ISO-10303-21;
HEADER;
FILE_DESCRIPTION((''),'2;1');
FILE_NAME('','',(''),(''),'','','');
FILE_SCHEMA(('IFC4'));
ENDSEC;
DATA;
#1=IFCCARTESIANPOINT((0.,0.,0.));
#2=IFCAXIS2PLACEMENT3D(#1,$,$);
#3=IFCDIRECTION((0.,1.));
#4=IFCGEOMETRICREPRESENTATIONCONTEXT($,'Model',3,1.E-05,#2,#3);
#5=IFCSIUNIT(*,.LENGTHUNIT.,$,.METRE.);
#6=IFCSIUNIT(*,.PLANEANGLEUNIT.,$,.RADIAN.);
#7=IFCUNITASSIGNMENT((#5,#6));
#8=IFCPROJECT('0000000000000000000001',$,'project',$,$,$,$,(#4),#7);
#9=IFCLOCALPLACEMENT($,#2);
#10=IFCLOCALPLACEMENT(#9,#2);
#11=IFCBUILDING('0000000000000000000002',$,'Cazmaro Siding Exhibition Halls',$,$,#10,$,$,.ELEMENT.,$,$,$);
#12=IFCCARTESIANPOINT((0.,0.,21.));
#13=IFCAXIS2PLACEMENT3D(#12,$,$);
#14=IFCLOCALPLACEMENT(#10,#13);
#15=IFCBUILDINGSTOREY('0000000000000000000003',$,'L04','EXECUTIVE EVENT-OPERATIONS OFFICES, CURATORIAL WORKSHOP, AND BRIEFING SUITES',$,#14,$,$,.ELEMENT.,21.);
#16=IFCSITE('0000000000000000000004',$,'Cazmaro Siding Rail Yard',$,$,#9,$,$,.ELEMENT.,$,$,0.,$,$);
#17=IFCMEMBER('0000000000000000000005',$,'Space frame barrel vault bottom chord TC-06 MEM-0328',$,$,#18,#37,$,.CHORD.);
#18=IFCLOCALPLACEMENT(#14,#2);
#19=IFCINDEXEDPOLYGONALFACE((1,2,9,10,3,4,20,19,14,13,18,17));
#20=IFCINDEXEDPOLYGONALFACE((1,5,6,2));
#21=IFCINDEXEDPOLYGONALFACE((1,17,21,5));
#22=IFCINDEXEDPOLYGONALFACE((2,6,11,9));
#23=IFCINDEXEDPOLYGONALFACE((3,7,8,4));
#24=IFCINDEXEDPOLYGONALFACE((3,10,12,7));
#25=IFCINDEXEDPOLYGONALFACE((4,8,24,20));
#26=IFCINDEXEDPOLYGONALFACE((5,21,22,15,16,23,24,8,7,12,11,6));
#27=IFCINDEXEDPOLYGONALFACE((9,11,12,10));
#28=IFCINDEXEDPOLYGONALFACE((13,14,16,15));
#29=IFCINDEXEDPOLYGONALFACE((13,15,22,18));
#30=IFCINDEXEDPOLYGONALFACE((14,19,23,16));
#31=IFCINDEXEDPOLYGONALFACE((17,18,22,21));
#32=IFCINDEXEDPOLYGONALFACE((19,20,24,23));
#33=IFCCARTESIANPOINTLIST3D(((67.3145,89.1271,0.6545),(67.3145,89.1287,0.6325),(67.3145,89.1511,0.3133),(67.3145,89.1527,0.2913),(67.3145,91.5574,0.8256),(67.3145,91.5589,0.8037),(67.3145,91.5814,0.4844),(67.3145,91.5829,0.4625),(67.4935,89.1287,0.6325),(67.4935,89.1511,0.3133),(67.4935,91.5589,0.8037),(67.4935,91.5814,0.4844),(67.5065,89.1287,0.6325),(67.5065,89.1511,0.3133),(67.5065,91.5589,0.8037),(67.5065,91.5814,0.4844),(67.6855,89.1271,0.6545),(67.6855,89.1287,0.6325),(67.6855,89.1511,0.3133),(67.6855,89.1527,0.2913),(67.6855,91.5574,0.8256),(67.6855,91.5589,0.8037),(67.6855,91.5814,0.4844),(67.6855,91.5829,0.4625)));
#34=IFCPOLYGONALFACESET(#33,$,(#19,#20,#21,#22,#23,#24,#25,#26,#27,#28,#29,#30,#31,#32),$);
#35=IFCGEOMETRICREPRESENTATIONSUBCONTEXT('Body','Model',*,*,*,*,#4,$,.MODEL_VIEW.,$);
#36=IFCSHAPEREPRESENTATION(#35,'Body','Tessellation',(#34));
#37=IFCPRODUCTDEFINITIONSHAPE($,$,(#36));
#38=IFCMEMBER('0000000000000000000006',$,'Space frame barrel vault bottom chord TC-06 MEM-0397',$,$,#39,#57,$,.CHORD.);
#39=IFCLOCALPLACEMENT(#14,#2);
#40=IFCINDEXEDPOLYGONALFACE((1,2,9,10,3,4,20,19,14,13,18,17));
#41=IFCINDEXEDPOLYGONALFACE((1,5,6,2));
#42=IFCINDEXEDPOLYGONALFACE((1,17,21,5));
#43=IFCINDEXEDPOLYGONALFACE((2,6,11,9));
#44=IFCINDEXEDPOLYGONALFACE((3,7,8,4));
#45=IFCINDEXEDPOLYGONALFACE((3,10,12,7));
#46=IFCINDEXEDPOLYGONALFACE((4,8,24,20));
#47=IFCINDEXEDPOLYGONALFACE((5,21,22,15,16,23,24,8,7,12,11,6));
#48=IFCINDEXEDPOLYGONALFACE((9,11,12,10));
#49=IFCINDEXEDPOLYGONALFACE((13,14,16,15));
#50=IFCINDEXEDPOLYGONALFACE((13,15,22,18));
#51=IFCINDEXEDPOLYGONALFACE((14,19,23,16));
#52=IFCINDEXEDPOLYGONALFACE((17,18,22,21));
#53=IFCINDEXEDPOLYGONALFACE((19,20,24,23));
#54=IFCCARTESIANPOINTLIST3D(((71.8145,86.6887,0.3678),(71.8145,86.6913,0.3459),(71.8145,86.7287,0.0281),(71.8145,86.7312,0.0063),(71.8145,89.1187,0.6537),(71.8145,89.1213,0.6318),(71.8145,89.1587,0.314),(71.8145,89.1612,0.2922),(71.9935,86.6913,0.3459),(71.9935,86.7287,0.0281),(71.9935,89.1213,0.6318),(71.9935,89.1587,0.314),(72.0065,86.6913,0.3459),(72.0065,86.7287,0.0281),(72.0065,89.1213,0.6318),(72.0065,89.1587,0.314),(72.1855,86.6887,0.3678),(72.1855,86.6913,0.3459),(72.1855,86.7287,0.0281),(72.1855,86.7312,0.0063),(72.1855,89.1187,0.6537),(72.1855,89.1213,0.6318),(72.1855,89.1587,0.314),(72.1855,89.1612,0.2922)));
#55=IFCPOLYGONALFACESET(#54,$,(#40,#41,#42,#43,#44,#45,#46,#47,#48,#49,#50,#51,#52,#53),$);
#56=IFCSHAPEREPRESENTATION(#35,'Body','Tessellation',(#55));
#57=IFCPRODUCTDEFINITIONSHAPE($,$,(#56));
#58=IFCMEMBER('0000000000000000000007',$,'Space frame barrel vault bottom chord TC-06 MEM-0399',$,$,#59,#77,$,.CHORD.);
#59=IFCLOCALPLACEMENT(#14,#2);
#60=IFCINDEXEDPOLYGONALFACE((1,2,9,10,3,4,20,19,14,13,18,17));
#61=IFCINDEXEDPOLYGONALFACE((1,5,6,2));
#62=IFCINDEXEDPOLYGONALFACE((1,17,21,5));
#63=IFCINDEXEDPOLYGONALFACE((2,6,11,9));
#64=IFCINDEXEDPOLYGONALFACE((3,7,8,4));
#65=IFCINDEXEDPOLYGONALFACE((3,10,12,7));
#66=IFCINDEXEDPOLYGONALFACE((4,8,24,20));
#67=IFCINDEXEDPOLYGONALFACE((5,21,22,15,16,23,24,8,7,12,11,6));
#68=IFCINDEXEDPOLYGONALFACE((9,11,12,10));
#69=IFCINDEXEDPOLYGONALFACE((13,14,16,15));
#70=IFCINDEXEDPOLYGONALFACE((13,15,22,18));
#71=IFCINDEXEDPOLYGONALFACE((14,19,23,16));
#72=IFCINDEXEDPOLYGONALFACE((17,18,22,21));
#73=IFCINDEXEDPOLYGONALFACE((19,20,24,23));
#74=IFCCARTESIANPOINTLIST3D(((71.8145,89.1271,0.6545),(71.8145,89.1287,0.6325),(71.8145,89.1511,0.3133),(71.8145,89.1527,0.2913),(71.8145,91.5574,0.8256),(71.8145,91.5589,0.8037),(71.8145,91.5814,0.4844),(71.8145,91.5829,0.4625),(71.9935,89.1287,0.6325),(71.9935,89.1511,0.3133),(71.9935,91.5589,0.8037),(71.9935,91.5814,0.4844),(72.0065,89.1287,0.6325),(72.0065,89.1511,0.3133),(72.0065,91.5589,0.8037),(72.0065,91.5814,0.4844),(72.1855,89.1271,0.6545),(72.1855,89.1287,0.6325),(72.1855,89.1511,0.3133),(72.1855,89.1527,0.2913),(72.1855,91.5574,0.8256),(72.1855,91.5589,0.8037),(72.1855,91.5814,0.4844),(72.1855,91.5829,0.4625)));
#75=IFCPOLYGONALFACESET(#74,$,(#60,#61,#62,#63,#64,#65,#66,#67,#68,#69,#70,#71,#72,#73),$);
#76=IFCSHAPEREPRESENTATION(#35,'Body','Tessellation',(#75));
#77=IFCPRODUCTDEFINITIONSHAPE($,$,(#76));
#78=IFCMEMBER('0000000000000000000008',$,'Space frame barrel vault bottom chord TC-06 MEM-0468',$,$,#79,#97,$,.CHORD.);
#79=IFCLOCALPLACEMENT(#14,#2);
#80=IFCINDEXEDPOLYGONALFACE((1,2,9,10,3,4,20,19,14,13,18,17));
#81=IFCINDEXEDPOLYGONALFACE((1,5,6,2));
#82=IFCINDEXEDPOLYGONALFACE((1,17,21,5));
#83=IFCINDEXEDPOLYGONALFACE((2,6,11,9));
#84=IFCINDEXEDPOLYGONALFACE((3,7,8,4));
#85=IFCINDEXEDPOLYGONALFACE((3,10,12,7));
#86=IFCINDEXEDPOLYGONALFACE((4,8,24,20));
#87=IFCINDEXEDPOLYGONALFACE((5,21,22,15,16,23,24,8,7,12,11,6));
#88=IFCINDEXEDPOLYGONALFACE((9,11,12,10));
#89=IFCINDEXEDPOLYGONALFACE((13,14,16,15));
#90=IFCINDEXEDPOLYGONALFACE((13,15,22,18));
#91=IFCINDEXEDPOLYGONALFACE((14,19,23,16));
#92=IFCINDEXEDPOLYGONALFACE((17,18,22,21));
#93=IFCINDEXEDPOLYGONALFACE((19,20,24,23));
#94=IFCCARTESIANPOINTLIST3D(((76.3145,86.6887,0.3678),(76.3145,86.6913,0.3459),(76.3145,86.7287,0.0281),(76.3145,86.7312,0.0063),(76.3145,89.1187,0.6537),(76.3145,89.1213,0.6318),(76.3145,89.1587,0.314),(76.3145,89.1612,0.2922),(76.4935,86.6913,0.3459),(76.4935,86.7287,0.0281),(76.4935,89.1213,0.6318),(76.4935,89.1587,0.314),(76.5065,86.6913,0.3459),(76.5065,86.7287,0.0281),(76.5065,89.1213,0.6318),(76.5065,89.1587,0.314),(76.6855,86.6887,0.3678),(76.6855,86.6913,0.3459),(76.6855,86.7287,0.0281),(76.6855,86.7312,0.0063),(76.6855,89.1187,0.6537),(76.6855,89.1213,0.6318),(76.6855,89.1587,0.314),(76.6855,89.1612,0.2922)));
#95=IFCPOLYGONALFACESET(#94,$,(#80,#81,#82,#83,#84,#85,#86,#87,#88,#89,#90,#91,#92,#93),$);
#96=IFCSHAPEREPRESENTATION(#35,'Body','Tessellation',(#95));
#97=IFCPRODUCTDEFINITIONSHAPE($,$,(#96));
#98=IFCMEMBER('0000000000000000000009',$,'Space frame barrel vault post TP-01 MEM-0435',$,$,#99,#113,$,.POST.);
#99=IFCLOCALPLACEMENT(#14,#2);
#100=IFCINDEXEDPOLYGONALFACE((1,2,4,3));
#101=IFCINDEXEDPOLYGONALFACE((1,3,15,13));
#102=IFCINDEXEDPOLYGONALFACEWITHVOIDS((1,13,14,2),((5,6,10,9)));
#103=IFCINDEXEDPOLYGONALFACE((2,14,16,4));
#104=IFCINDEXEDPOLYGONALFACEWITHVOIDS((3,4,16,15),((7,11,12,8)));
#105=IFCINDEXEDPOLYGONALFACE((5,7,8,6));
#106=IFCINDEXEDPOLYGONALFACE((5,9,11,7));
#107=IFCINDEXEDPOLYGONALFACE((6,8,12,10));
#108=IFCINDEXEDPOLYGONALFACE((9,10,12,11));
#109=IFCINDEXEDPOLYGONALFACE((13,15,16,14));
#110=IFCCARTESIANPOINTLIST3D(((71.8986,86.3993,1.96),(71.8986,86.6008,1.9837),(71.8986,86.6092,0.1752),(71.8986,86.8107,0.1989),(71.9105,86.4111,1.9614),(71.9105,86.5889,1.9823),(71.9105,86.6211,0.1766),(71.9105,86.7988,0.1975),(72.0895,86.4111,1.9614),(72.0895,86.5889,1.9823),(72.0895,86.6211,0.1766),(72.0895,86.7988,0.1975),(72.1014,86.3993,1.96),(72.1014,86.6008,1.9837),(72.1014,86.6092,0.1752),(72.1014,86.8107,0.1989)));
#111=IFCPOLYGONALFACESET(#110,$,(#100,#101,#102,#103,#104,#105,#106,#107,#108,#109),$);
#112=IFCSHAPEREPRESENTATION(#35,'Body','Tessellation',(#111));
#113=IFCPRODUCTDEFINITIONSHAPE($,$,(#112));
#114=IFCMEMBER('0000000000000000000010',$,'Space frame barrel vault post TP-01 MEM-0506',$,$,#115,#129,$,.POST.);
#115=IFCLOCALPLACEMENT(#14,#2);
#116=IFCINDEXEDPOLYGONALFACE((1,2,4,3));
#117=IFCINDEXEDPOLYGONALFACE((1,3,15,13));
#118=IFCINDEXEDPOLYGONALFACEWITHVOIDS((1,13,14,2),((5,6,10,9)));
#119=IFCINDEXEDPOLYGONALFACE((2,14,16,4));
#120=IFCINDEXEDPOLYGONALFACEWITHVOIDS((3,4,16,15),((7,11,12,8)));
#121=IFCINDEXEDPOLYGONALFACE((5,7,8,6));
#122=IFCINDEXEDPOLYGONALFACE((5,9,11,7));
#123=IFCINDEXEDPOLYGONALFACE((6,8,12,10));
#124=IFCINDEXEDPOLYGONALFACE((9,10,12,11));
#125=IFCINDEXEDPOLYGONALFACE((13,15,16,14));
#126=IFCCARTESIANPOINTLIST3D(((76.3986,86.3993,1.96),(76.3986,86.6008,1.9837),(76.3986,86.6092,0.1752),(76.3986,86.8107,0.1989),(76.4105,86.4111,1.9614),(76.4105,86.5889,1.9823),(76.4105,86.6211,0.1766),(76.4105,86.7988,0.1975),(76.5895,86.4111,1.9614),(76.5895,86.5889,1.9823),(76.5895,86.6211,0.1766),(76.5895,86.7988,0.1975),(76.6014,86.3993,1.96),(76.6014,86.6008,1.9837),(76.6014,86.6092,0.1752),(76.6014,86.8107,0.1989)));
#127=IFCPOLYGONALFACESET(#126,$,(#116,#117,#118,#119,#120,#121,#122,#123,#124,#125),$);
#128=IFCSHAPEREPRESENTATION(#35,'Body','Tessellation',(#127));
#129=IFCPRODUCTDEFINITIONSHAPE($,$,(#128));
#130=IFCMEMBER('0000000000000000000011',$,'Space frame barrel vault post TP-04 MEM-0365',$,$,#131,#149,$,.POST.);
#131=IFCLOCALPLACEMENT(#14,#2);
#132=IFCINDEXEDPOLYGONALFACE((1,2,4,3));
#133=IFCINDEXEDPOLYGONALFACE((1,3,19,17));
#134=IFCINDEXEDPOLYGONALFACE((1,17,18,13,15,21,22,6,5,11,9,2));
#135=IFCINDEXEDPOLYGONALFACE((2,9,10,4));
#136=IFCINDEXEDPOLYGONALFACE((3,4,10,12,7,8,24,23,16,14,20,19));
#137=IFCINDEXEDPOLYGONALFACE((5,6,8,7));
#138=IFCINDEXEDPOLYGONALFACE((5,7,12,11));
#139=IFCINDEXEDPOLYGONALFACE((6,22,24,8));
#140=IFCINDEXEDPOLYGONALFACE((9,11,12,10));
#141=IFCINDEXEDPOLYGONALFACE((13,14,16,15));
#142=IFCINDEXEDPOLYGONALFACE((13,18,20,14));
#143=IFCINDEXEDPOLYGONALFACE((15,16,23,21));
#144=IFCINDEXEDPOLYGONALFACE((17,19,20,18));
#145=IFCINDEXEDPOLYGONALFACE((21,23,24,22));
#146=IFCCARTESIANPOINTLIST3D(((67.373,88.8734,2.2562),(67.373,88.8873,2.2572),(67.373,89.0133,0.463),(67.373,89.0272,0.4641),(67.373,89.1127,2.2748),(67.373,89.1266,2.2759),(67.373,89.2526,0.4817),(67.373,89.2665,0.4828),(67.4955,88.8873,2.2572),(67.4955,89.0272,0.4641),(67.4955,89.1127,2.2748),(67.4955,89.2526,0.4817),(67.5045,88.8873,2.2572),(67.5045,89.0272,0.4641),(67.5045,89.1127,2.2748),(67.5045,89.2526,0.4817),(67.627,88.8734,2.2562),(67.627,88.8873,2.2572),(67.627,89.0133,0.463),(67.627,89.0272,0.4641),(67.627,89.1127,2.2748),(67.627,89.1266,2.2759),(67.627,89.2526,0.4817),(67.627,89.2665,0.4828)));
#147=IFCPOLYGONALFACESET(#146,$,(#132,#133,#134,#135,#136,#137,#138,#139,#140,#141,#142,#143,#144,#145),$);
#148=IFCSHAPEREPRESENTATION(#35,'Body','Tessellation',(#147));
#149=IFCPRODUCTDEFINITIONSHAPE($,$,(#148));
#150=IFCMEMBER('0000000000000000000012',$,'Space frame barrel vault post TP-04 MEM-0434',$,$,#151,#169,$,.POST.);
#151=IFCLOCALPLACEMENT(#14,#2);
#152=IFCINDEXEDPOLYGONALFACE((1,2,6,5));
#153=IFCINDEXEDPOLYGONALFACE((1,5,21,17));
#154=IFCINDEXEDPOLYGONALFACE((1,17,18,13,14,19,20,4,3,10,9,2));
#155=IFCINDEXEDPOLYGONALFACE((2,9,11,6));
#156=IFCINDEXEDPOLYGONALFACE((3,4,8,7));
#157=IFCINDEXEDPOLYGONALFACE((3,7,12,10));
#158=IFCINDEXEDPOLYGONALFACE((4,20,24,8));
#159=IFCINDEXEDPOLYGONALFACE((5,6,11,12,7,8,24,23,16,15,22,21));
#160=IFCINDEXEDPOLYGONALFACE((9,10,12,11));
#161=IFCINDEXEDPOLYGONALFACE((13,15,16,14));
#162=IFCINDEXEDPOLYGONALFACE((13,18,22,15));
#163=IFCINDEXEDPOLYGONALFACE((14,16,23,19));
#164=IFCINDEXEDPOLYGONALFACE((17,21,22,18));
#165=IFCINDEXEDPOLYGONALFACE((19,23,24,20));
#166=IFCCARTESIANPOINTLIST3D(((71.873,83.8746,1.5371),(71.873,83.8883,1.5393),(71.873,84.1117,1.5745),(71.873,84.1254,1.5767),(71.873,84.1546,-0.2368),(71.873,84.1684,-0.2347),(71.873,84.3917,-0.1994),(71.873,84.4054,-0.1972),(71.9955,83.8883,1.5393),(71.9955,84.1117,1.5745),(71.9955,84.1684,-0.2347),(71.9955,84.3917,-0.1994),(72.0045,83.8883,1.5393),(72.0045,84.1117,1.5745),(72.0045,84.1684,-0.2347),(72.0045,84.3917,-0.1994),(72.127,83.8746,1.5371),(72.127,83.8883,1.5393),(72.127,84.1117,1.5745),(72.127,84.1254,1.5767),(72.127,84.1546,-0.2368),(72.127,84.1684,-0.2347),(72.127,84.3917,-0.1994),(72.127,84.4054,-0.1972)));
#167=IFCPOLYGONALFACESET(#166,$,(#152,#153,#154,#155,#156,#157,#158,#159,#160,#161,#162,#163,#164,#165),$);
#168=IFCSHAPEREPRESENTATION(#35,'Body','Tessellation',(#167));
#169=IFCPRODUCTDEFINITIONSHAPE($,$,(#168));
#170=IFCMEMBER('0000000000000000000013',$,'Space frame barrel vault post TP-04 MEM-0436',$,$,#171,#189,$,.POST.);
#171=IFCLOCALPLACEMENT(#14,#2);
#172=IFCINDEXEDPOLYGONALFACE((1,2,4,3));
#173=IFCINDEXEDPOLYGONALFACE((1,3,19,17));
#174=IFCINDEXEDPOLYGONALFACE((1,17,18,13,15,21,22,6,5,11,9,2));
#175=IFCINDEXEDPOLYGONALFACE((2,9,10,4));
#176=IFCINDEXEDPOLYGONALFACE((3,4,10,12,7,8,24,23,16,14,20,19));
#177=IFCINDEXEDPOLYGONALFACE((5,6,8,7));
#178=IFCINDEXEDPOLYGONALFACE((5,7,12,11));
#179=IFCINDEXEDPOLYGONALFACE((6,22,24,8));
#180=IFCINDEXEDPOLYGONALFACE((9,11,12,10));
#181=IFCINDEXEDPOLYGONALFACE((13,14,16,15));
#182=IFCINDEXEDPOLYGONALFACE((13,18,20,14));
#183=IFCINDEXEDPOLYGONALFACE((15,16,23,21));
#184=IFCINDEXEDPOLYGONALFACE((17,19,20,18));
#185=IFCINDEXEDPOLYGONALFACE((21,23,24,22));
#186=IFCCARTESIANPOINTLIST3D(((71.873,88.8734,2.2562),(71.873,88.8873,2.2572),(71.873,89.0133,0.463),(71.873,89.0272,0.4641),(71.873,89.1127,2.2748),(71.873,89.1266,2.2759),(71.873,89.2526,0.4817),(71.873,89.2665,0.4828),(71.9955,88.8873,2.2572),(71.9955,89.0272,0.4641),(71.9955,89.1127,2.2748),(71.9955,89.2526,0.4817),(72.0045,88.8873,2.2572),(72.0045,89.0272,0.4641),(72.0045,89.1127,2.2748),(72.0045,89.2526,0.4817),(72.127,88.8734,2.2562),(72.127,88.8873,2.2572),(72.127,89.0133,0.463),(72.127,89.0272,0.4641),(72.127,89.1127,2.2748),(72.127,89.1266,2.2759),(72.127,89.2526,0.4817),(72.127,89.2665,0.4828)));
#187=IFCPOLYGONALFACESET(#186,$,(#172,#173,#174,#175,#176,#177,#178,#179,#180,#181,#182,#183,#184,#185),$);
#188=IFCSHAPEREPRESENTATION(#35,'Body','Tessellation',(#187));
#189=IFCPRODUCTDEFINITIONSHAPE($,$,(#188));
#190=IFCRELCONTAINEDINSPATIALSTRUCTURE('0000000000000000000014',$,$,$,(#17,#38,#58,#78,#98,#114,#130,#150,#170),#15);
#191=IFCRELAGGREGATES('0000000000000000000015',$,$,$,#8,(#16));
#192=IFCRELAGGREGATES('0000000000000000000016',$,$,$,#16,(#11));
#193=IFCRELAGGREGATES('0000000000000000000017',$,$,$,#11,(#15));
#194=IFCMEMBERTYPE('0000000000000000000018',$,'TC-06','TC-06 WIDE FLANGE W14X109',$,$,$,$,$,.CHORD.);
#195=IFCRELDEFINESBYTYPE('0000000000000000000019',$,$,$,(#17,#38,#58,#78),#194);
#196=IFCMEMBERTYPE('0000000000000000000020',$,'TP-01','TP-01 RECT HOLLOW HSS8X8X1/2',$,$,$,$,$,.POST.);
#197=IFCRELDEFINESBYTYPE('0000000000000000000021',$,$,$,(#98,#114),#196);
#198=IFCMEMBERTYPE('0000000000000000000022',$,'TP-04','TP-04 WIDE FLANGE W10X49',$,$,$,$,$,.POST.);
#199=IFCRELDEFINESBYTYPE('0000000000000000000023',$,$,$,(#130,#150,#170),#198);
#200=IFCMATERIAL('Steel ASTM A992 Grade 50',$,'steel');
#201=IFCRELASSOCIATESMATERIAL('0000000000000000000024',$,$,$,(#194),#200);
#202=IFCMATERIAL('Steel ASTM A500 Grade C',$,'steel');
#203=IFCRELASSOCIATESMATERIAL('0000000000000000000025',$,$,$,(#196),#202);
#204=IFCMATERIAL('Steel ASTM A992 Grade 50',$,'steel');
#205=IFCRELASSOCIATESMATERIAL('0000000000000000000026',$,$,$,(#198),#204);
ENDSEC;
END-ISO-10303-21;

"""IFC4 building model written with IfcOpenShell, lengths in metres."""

from ifc_helpers import new_model, si_unit, direction, frame, origin, origin_2d, place, context, subcontext, project, spatial, hollow_rectangle, i_section, extrude, material, material_profile, profile_set, type_object, element, save


model = new_model("IFC4")

# Units and contexts
model_context = context("Model", 3, precision=1e-05, world=origin(), true_north=direction((0.0, 1.0)))
body_context = subcontext(model_context, "Body", "Model", "MODEL_VIEW")
ifc_project = project(units=[si_unit("LENGTHUNIT", "METRE"), si_unit("PLANEANGLEUNIT", "RADIAN")], contexts=[model_context])

# Site, building, storey
site_placement = place(None, origin())
site = spatial("IfcSite", under=ifc_project, at=site_placement, Name="Cazmaro Siding Rail Yard", CompositionType="ELEMENT", RefElevation=0.0)
building_placement = place(site_placement, origin())
building = spatial("IfcBuilding", under=site, at=building_placement, Name="Cazmaro Siding Exhibition Halls", CompositionType="ELEMENT")
storey_placement = place(building_placement, frame((0.0, 0.0, 21.0)))
storey = spatial("IfcBuildingStorey", under=building, at=storey_placement, Name="L04", Description="EXECUTIVE EVENT-OPERATIONS OFFICES, CURATORIAL WORKSHOP, AND BRIEFING SUITES", CompositionType="ELEMENT", Elevation=21.0)

# Members
ifc_material_1 = material(Name="Steel ASTM A992 Grade 50", Category="steel")
ifc_material_profile_1 = material_profile(ifc_material_1, i_section(OverallWidth=0.3711, OverallDepth=0.364, WebThickness=0.0129, FlangeThickness=0.022, at=origin_2d()), Name="W14X109")
ifc_profile_set_1 = profile_set([ifc_material_profile_1], Name="Steel ASTM A992 Grade 50")
member_type_1 = type_object("IfcMemberType", Name="TC-06", Description="TC-06 WIDE FLANGE W14X109", PredefinedType="CHORD", material=ifc_profile_set_1)
member_1_placement = place(storey_placement, frame((67.5, 89.1399, 0.4729), z_axis=(0.0, 0.997529, 0.07025), x_axis=(-1.0, 0.0, 0.0)))
element("IfcMember", 1, at=member_1_placement, inside=storey, type_object=member_type_1, Name="Space frame barrel vault bottom chord TC-06 MEM-0328", PredefinedType="CHORD", context=body_context, shape_type="SweptSolid", body=[
    extrude(i_section(OverallWidth=0.3711, OverallDepth=0.364, WebThickness=0.0129, FlangeThickness=0.022, at=origin_2d()), origin(), (0.0, 0.0, 1.0), 2.4363),
])
member_2_placement = place(storey_placement, frame((72.0, 86.71, 0.187), z_axis=(0.0, 0.99315, 0.116847), x_axis=(-1.0, 0.0, 0.0)))
element("IfcMember", 2, at=member_2_placement, inside=storey, type_object=member_type_1, Name="Space frame barrel vault bottom chord TC-06 MEM-0397", PredefinedType="CHORD", context=body_context, shape_type="SweptSolid", body=[
    extrude(i_section(OverallWidth=0.3711, OverallDepth=0.364, WebThickness=0.0129, FlangeThickness=0.022, at=origin_2d()), origin(), (0.0, 0.0, 1.0), 2.4468),
])
member_3_placement = place(storey_placement, frame((72.0, 89.1399, 0.4729), z_axis=(0.0, 0.997529, 0.07025), x_axis=(-1.0, 0.0, 0.0)))
element("IfcMember", 3, at=member_3_placement, inside=storey, type_object=member_type_1, Name="Space frame barrel vault bottom chord TC-06 MEM-0399", PredefinedType="CHORD", context=body_context, shape_type="SweptSolid", body=[
    extrude(i_section(OverallWidth=0.3711, OverallDepth=0.364, WebThickness=0.0129, FlangeThickness=0.022, at=origin_2d()), origin(), (0.0, 0.0, 1.0), 2.4363),
])
member_4_placement = place(storey_placement, frame((76.5, 86.71, 0.187), z_axis=(0.0, 0.99315, 0.116847), x_axis=(-1.0, 0.0, 0.0)))
element("IfcMember", 4, at=member_4_placement, inside=storey, type_object=member_type_1, Name="Space frame barrel vault bottom chord TC-06 MEM-0468", PredefinedType="CHORD", context=body_context, shape_type="SweptSolid", body=[
    extrude(i_section(OverallWidth=0.3711, OverallDepth=0.364, WebThickness=0.0129, FlangeThickness=0.022, at=origin_2d()), origin(), (0.0, 0.0, 1.0), 2.4468),
])
ifc_material_2 = material(Name="Steel ASTM A500 Grade C", Category="steel")
ifc_material_profile_2 = material_profile(ifc_material_2, hollow_rectangle(XDim=0.2029, YDim=0.2029, WallThickness=0.012, at=origin_2d()), Name="HSS8X8X1/2")
ifc_profile_set_2 = profile_set([ifc_material_profile_2], Name="Steel ASTM A500 Grade C")
member_type_2 = type_object("IfcMemberType", Name="TP-01", Description="TP-01 RECT HOLLOW HSS8X8X1/2", PredefinedType="POST", material=ifc_profile_set_2)
for number, where, z_axis, x_axis, name in (
    (5, (72.0, 86.71, 0.187), (0.0, -0.116825, 0.993152), (1.0, 0.0, 0.0), "Space frame barrel vault post TP-01 MEM-0435"),
    (6, (76.5, 86.71, 0.187), (0.0, -0.116825, 0.993152), (1.0, 0.0, 0.0), "Space frame barrel vault post TP-01 MEM-0506"),
):
    element("IfcMember", number, at=place(storey_placement, frame(where, z_axis=z_axis, x_axis=x_axis)), inside=storey, type_object=member_type_2, Name=name, PredefinedType="POST", context=body_context, shape_type="SweptSolid", body=[
        extrude(hollow_rectangle(XDim=0.2029, YDim=0.2029, WallThickness=0.012, at=origin_2d()), origin(), (0.0, 0.0, 1.0), 1.7971),
    ])
ifc_material_3 = material(Name="Steel ASTM A992 Grade 50", Category="steel")
ifc_material_profile_3 = material_profile(ifc_material_3, i_section(OverallWidth=0.2539, OverallDepth=0.2539, WebThickness=0.009, FlangeThickness=0.0139, at=origin_2d()), Name="W10X49")
ifc_profile_set_3 = profile_set([ifc_material_profile_3], Name="Steel ASTM A992 Grade 50")
member_type_3 = type_object("IfcMemberType", Name="TP-04", Description="TP-04 WIDE FLANGE W10X49", PredefinedType="POST", material=ifc_profile_set_3)
member_5_placement = place(storey_placement, frame((67.5, 89.1399, 0.4729), z_axis=(0.0, -0.077776, 0.996971), x_axis=(1.0, 0.0, 0.0)))
element("IfcMember", 7, at=member_5_placement, inside=storey, type_object=member_type_3, Name="Space frame barrel vault post TP-04 MEM-0365", PredefinedType="POST", context=body_context, shape_type="SweptSolid", body=[
    extrude(i_section(OverallWidth=0.2539, OverallDepth=0.2539, WebThickness=0.009, FlangeThickness=0.0139, at=origin_2d()), origin(), (0.0, 0.0, 1.0), 1.7986),
])
member_6_placement = place(storey_placement, frame((72.0, 84.28, -0.217), z_axis=(0.0, -0.155928, 0.987768), x_axis=(1.0, 0.0, 0.0)))
element("IfcMember", 8, at=member_6_placement, inside=storey, type_object=member_type_3, Name="Space frame barrel vault post TP-04 MEM-0434", PredefinedType="POST", context=body_context, shape_type="SweptSolid", body=[
    extrude(i_section(OverallWidth=0.2539, OverallDepth=0.2539, WebThickness=0.009, FlangeThickness=0.0139, at=origin_2d()), origin(), (0.0, 0.0, 1.0), 1.7959),
])
member_7_placement = place(storey_placement, frame((72.0, 89.1399, 0.4729), z_axis=(0.0, -0.077776, 0.996971), x_axis=(1.0, 0.0, 0.0)))
element("IfcMember", 9, at=member_7_placement, inside=storey, type_object=member_type_3, Name="Space frame barrel vault post TP-04 MEM-0436", PredefinedType="POST", context=body_context, shape_type="SweptSolid", body=[
    extrude(i_section(OverallWidth=0.2539, OverallDepth=0.2539, WebThickness=0.009, FlangeThickness=0.0139, at=origin_2d()), origin(), (0.0, 0.0, 1.0), 1.7986),
])

save(model, "model.ifc")
